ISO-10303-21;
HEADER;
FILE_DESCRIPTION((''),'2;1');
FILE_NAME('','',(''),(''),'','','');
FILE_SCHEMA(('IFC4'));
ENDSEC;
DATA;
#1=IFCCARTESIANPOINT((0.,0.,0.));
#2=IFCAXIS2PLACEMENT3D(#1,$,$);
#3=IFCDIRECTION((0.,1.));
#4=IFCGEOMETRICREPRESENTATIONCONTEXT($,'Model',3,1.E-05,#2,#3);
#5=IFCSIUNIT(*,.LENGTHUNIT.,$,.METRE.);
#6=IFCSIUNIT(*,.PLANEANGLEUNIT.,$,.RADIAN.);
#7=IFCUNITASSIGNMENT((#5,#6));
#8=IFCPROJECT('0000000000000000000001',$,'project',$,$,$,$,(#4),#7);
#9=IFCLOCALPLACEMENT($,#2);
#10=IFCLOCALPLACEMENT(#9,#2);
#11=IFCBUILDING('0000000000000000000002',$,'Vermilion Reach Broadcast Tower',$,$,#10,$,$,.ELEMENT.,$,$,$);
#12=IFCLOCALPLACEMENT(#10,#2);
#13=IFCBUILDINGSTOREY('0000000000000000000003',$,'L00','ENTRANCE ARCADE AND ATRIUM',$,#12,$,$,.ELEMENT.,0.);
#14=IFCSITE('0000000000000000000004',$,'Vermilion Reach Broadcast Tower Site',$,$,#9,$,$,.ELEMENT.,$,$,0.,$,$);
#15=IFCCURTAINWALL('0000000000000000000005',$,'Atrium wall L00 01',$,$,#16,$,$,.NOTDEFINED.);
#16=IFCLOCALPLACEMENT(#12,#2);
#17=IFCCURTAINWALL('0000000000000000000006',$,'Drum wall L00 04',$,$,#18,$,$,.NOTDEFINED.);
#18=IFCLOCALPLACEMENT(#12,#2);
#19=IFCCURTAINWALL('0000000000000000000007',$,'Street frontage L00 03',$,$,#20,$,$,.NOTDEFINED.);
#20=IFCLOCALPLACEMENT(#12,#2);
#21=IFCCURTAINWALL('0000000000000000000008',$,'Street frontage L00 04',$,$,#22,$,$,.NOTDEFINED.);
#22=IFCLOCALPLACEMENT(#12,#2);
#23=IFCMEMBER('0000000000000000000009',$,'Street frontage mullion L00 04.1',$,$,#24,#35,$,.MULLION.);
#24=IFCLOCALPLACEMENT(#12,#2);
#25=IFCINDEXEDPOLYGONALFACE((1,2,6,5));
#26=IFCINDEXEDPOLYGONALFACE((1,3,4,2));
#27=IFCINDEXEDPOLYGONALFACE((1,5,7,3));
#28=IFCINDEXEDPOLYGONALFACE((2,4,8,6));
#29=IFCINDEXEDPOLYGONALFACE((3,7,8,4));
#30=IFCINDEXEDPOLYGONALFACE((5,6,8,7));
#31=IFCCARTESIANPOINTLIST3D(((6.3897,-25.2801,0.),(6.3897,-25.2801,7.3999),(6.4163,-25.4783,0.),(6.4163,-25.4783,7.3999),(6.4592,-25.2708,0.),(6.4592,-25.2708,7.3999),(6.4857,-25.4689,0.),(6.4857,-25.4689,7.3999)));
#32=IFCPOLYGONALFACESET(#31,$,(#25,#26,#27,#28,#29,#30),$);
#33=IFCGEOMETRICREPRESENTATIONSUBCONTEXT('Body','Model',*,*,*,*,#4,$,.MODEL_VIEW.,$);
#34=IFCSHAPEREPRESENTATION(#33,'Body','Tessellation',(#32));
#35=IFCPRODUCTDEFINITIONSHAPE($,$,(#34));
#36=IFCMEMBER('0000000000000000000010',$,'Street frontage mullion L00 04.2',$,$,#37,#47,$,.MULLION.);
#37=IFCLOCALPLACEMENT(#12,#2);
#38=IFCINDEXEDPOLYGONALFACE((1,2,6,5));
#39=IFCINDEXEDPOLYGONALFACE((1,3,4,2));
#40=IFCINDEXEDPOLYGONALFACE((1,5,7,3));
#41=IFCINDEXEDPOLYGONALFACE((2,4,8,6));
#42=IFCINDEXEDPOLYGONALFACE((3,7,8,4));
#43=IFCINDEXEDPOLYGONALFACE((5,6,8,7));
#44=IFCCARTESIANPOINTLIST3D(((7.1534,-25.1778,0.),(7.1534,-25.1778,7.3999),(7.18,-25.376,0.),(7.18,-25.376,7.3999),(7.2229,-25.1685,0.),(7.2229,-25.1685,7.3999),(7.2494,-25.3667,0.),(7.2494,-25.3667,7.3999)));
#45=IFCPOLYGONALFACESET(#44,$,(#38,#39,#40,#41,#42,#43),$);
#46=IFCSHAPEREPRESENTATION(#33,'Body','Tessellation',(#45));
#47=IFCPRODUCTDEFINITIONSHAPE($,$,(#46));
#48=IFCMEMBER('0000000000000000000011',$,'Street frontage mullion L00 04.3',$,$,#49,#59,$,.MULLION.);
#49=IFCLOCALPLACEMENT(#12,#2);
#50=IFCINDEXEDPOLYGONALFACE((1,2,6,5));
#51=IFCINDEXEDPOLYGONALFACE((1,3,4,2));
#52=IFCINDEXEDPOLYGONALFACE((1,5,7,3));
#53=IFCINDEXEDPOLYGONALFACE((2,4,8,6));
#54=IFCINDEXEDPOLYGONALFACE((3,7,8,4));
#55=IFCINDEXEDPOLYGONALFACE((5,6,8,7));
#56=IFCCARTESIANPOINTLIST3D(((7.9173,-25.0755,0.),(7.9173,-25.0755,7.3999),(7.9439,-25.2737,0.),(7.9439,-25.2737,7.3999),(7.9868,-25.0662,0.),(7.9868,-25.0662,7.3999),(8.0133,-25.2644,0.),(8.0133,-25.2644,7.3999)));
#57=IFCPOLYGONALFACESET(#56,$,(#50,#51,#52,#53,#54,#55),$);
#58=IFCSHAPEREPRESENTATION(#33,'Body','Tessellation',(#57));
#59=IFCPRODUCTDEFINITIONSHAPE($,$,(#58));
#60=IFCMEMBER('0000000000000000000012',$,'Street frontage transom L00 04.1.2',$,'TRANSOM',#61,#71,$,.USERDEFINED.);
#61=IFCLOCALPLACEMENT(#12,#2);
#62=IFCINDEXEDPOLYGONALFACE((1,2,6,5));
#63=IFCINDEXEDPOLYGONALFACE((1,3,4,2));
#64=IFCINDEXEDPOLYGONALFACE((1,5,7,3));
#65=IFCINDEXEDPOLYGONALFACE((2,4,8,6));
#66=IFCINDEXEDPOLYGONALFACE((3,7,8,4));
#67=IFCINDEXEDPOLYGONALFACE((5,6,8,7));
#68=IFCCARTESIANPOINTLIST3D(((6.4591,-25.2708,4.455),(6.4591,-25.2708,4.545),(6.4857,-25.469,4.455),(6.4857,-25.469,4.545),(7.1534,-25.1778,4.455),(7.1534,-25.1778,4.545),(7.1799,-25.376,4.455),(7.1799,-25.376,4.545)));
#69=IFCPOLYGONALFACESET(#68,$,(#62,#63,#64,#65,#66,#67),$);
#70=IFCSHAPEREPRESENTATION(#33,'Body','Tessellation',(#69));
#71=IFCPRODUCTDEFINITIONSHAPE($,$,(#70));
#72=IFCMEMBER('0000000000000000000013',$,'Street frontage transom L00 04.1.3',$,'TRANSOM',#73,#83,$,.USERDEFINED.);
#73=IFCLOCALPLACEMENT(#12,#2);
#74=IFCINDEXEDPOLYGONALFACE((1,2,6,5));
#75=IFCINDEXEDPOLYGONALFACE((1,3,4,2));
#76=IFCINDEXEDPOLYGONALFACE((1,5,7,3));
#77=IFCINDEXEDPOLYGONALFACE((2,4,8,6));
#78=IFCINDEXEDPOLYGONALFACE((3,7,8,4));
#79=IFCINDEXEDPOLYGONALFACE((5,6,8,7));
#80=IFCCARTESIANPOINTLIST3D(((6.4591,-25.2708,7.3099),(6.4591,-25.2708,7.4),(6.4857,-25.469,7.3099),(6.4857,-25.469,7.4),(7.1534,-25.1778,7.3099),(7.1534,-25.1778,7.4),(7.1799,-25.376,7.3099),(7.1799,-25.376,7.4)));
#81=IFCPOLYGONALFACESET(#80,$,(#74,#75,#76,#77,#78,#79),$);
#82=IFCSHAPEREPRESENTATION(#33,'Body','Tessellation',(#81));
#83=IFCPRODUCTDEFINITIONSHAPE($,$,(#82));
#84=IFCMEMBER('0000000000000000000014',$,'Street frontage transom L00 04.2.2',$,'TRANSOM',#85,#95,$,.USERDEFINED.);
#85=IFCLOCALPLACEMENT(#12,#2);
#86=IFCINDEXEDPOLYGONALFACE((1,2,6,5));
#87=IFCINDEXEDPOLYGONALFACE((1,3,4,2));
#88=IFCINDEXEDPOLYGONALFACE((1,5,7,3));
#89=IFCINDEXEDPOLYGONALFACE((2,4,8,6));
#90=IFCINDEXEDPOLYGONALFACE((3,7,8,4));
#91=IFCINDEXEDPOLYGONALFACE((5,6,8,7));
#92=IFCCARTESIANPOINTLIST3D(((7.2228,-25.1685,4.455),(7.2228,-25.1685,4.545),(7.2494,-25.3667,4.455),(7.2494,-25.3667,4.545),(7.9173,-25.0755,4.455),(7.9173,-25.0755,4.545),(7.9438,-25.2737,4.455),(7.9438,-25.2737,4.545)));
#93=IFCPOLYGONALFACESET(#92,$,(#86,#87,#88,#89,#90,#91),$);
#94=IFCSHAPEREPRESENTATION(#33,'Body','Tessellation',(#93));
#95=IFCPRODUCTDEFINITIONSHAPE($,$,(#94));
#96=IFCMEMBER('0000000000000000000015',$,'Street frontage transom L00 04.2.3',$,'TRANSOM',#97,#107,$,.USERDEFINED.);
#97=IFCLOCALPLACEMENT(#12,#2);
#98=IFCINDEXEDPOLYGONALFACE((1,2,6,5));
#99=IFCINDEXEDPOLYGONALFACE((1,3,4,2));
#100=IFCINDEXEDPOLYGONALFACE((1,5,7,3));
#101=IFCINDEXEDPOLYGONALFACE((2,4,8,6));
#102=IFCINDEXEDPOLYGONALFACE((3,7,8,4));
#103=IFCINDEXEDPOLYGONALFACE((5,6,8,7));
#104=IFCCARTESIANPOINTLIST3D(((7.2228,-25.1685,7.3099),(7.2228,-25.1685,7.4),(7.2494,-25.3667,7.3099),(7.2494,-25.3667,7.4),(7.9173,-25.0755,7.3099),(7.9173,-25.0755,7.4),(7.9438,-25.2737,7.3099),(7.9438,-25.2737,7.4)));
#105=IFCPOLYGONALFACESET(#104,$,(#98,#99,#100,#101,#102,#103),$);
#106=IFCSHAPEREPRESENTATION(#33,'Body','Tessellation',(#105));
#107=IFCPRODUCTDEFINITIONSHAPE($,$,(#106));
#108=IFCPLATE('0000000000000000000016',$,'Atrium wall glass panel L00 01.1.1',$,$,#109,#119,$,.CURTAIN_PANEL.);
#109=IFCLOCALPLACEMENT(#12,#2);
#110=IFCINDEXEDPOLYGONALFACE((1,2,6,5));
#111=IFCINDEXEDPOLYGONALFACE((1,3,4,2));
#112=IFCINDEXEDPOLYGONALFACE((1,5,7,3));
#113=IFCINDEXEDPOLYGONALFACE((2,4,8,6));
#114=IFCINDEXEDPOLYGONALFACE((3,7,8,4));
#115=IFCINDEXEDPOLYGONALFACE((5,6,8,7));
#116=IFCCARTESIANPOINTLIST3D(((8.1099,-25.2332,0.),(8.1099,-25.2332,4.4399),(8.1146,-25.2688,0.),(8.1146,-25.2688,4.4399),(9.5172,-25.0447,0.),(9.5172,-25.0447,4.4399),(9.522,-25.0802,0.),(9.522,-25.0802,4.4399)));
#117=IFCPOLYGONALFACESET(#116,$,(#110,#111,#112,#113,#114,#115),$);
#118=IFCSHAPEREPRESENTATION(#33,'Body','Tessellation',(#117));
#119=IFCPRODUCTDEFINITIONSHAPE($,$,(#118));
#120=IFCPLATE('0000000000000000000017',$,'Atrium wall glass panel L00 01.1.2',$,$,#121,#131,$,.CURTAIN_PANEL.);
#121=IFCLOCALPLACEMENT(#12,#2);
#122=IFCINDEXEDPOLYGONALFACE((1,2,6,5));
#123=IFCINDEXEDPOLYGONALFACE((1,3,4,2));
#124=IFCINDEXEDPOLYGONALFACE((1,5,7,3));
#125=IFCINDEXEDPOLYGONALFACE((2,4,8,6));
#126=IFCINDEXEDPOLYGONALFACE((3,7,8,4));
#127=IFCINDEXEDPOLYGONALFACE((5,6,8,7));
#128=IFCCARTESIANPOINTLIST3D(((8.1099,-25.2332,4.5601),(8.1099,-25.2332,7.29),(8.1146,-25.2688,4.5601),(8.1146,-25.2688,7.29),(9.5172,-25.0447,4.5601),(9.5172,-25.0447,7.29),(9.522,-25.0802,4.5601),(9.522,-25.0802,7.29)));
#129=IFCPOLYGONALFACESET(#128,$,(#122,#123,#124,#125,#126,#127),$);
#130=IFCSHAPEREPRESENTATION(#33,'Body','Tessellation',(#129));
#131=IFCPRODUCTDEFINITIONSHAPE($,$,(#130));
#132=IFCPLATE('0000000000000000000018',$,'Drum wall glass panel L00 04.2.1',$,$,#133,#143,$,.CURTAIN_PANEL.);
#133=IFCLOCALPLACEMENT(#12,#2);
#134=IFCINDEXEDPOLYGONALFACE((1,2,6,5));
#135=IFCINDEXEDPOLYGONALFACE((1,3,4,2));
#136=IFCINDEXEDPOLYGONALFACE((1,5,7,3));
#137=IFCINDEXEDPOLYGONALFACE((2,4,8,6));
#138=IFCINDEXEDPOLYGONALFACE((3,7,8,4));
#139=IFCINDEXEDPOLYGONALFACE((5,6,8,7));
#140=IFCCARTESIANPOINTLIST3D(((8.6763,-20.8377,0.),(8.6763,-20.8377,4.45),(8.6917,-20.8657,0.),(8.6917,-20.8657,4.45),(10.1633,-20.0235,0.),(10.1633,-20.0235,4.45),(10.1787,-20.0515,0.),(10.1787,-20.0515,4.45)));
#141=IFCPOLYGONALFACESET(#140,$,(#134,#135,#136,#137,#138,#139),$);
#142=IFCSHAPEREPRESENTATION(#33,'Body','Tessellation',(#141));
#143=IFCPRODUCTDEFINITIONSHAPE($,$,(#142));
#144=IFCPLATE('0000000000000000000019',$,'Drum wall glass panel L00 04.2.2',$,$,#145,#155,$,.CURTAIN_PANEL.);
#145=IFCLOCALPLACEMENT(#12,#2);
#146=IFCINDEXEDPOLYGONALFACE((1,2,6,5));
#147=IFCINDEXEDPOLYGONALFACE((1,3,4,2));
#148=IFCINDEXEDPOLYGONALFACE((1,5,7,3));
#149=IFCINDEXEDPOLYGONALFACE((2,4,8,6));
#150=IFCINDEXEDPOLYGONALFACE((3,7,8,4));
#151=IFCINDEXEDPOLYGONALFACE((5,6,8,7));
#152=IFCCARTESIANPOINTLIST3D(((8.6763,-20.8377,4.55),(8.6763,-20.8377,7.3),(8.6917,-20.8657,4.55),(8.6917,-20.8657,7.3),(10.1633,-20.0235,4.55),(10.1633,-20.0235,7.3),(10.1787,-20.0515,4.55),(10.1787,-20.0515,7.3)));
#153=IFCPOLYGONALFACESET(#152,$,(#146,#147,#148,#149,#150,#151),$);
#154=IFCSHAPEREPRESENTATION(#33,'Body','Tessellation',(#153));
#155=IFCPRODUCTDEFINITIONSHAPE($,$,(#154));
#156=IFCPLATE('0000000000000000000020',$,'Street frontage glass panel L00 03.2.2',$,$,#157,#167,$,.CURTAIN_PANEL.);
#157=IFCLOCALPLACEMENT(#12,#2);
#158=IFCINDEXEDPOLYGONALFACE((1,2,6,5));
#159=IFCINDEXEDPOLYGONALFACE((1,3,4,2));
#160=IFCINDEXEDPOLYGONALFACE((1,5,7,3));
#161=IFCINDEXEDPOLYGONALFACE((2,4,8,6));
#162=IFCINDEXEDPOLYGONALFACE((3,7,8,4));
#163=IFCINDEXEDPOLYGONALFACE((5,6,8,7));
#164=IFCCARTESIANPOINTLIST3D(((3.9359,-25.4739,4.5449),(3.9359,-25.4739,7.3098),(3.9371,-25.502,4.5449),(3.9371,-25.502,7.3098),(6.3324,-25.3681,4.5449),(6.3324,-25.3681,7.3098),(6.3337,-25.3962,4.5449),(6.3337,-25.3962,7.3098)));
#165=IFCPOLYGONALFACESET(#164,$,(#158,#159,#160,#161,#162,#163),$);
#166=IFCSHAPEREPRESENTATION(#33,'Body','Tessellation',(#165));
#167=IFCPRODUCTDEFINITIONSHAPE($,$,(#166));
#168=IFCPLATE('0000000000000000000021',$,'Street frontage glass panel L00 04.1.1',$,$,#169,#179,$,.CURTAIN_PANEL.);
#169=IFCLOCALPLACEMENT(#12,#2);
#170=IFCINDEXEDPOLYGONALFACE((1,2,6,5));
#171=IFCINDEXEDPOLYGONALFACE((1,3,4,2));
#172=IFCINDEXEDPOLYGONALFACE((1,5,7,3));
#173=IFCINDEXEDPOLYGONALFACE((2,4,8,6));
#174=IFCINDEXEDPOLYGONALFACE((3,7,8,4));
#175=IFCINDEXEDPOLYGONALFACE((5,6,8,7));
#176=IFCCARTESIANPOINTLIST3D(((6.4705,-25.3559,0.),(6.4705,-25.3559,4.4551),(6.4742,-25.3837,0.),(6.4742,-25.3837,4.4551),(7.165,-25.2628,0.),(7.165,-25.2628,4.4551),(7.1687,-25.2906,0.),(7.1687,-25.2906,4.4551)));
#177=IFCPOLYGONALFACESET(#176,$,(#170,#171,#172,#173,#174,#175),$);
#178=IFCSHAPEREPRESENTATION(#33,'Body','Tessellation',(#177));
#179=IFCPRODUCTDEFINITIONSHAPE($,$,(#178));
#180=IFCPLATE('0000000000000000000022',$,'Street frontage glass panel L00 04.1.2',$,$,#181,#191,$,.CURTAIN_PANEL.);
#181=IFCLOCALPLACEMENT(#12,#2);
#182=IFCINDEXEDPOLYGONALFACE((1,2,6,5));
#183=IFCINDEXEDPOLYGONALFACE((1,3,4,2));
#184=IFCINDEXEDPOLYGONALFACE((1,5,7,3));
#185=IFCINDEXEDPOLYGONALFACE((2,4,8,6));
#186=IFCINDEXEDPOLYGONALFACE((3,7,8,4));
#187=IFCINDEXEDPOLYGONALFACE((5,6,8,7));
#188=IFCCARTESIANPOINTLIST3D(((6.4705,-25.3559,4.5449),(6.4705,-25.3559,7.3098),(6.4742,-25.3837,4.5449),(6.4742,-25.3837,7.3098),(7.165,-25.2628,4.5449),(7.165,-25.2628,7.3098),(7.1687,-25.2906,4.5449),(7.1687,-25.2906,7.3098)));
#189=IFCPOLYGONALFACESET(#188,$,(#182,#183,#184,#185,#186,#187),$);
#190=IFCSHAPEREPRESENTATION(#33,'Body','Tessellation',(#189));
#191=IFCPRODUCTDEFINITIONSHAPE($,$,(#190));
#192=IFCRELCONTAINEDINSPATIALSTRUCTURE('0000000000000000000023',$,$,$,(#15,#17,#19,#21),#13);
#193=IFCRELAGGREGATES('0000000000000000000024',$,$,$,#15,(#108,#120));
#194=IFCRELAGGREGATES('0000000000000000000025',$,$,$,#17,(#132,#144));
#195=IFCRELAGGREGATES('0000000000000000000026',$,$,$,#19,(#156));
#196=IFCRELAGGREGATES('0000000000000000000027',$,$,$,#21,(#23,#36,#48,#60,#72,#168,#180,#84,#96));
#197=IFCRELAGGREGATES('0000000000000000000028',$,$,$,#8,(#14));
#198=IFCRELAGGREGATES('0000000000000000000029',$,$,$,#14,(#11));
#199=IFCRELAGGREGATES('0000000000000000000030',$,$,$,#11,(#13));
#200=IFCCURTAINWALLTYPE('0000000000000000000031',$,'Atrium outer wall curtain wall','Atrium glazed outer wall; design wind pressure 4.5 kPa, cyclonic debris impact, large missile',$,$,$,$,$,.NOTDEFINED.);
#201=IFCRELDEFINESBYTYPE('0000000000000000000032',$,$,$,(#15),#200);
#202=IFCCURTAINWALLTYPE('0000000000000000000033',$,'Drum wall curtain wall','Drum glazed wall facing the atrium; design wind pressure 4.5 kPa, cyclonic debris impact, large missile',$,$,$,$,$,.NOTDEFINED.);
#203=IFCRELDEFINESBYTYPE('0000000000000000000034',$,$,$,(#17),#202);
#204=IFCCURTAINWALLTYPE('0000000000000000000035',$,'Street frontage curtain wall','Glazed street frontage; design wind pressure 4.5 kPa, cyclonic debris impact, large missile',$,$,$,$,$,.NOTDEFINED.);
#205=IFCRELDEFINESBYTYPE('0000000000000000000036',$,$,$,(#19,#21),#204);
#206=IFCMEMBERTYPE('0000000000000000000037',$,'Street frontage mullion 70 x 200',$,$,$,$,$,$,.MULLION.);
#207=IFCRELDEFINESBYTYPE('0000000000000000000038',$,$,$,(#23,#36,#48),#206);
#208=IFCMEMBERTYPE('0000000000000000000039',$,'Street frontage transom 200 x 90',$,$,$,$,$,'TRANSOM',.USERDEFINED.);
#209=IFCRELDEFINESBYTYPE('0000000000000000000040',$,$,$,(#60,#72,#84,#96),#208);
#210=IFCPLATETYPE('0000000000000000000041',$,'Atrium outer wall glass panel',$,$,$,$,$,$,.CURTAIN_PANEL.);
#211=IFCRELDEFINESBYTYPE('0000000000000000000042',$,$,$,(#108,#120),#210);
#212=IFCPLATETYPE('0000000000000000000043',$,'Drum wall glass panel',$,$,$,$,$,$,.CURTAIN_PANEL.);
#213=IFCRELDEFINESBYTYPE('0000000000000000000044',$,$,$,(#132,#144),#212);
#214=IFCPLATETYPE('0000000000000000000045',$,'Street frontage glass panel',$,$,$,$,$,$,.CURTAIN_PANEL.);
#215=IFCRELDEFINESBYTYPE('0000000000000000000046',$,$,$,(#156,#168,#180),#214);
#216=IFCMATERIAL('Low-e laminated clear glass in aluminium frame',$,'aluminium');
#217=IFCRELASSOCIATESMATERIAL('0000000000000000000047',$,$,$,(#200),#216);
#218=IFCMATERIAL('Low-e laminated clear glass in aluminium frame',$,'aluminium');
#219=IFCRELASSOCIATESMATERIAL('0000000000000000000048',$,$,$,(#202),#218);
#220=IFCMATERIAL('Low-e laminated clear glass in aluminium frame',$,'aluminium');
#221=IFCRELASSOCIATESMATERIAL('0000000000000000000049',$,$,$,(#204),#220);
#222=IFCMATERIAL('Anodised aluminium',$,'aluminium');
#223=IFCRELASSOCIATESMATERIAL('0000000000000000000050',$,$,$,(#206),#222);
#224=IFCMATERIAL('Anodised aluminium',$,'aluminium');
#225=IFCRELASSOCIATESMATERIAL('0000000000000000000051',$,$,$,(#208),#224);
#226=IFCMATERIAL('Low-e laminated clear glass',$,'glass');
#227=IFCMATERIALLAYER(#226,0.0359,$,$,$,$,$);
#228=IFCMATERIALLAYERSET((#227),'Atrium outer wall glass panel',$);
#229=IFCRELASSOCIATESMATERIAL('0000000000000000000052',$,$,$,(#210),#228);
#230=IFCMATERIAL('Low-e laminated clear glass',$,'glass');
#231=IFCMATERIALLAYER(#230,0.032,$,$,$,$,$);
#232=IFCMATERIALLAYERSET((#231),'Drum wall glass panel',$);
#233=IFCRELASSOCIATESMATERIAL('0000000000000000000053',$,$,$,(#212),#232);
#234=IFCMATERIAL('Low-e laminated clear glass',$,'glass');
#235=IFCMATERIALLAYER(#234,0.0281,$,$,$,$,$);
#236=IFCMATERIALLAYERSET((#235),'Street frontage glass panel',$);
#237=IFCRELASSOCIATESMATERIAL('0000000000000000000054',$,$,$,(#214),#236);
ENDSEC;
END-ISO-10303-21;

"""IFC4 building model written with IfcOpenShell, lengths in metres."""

from ifc_helpers import new_model, si_unit, direction, frame, origin, origin_2d, place, context, subcontext, project, spatial, rectangle, extrude, material, layer, layer_set, material_profile, profile_set, type_object, element, aggregate, save


model = new_model("IFC4")

# Units and contexts
model_context = context("Model", 3, precision=1e-05, world=origin(), true_north=direction((0.0, 1.0)))
body_context = subcontext(model_context, "Body", "Model", "MODEL_VIEW")
ifc_project = project(units=[si_unit("LENGTHUNIT", "METRE"), si_unit("PLANEANGLEUNIT", "RADIAN")], contexts=[model_context])

# Site, building, storey
site_placement = place(None, origin())
site = spatial("IfcSite", under=ifc_project, at=site_placement, Name="Vermilion Reach Broadcast Tower Site", CompositionType="ELEMENT", RefElevation=0.0)
building_placement = place(site_placement, origin())
building = spatial("IfcBuilding", under=site, at=building_placement, Name="Vermilion Reach Broadcast Tower", CompositionType="ELEMENT")
storey_placement = place(building_placement, origin())
storey = spatial("IfcBuildingStorey", under=building, at=storey_placement, Name="L00", Description="ENTRANCE ARCADE AND ATRIUM", CompositionType="ELEMENT", Elevation=0.0)

# Curtain walls
ifc_material_1 = material(Name="Low-e laminated clear glass in aluminium frame", Category="aluminium")
curtain_wall_type_1 = type_object("IfcCurtainWallType", Name="Atrium outer wall curtain wall", Description="Atrium glazed outer wall; design wind pressure 4.5 kPa, cyclonic debris impact, large missile", PredefinedType="NOTDEFINED", material=ifc_material_1)
placement = place(storey_placement, origin())
curtain_wall_1 = element("IfcCurtainWall", 1, at=placement, inside=storey, type_object=curtain_wall_type_1, Name="Atrium wall L00 01", PredefinedType="NOTDEFINED")
ifc_material_2 = material(Name="Low-e laminated clear glass in aluminium frame", Category="aluminium")
curtain_wall_type_2 = type_object("IfcCurtainWallType", Name="Drum wall curtain wall", Description="Drum glazed wall facing the atrium; design wind pressure 4.5 kPa, cyclonic debris impact, large missile", PredefinedType="NOTDEFINED", material=ifc_material_2)
curtain_wall_2 = element("IfcCurtainWall", 2, at=placement, inside=storey, type_object=curtain_wall_type_2, Name="Drum wall L00 04", PredefinedType="NOTDEFINED")

# Curtain wall
ifc_material_3 = material(Name="Low-e laminated clear glass in aluminium frame", Category="aluminium")
curtain_wall_type_3 = type_object("IfcCurtainWallType", Name="Street frontage curtain wall", Description="Glazed street frontage; design wind pressure 4.5 kPa, cyclonic debris impact, large missile", PredefinedType="NOTDEFINED", material=ifc_material_3)
curtain_wall_3 = element("IfcCurtainWall", 3, at=placement, inside=storey, type_object=curtain_wall_type_3, Name="Street frontage L00 03", PredefinedType="NOTDEFINED")
ifc_material_4 = material(Name="Anodised aluminium", Category="aluminium")
ifc_material_profile_1 = material_profile(ifc_material_4, rectangle(XDim=0.2, YDim=0.0701, at=origin_2d()), Name="Street frontage mullion 70 x 200")
ifc_profile_set_1 = profile_set([ifc_material_profile_1], Name="Anodised aluminium")
member_type_1 = type_object("IfcMemberType", Name="Street frontage mullion 70 x 200", PredefinedType="MULLION", material=ifc_profile_set_1)

# Curtain wall, members
curtain_wall_4 = element("IfcCurtainWall", 4, at=placement, inside=storey, type_object=curtain_wall_type_3, Name="Street frontage L00 04", PredefinedType="NOTDEFINED")
member_1_placement = place(storey_placement, frame((6.4377, -25.3745, 0.0), z_axis=(0.0, 0.0, 1.0), x_axis=(-0.132794, 0.991144, 0.0)))
member_1 = element("IfcMember", 5, at=member_1_placement, type_object=member_type_1, Name="Street frontage mullion L00 04.1", PredefinedType="MULLION", context=body_context, shape_type="SweptSolid", body=[
    extrude(rectangle(XDim=0.2, YDim=0.0701, at=origin_2d()), origin(), (0.0, 0.0, 1.0), 7.3999),
])
member_2_placement = place(storey_placement, frame((7.2014, -25.2722, 0.0), z_axis=(0.0, 0.0, 1.0), x_axis=(-0.132794, 0.991144, 0.0)))
member_2 = element("IfcMember", 6, at=member_2_placement, type_object=member_type_1, Name="Street frontage mullion L00 04.2", PredefinedType="MULLION", context=body_context, shape_type="SweptSolid", body=[
    extrude(rectangle(XDim=0.2, YDim=0.0701, at=origin_2d()), origin(), (0.0, 0.0, 1.0), 7.3999),
])
member_3_placement = place(storey_placement, frame((7.9653, -25.1699, 0.0), z_axis=(0.0, 0.0, 1.0), x_axis=(-0.132794, 0.991144, 0.0)))
member_3 = element("IfcMember", 7, at=member_3_placement, type_object=member_type_1, Name="Street frontage mullion L00 04.3", PredefinedType="MULLION", context=body_context, shape_type="SweptSolid", body=[
    extrude(rectangle(XDim=0.2, YDim=0.0701, at=origin_2d()), origin(), (0.0, 0.0, 1.0), 7.3999),
])
ifc_material_5 = material(Name="Anodised aluminium", Category="aluminium")
ifc_material_profile_2 = material_profile(ifc_material_5, rectangle(XDim=0.2, YDim=0.0901, at=origin_2d()), Name="Street frontage transom 200 x 90")
ifc_profile_set_2 = profile_set([ifc_material_profile_2], Name="Anodised aluminium")
member_type_2 = type_object("IfcMemberType", Name="Street frontage transom 200 x 90", ElementType="TRANSOM", PredefinedType="USERDEFINED", material=ifc_profile_set_2)
member_4_placement = place(storey_placement, frame((6.4724, -25.3699, 4.5), z_axis=(0.991146, 0.13278, 0.0), x_axis=(-0.13278, 0.991146, 0.0)))
member_4 = element("IfcMember", 8, at=member_4_placement, type_object=member_type_2, Name="Street frontage transom L00 04.1.2", ObjectType="TRANSOM", PredefinedType="USERDEFINED", context=body_context, shape_type="SweptSolid", body=[
    extrude(rectangle(XDim=0.2, YDim=0.0901, at=origin_2d()), origin(), (0.0, 0.0, 1.0), 0.7004),
])
member_5_placement = place(storey_placement, frame((6.4724, -25.3699, 7.355), z_axis=(0.991146, 0.13278, 0.0), x_axis=(-0.13278, 0.991146, 0.0)))
member_5 = element("IfcMember", 9, at=member_5_placement, type_object=member_type_2, Name="Street frontage transom L00 04.1.3", ObjectType="TRANSOM", PredefinedType="USERDEFINED", context=body_context, shape_type="SweptSolid", body=[
    extrude(rectangle(XDim=0.2, YDim=0.0901, at=origin_2d()), origin(), (0.0, 0.0, 1.0), 0.7004),
])
member_6_placement = place(storey_placement, frame((7.2361, -25.2676, 4.5), z_axis=(0.991152, 0.132734, 0.0), x_axis=(-0.132734, 0.991152, 0.0)))
member_6 = element("IfcMember", 10, at=member_6_placement, type_object=member_type_2, Name="Street frontage transom L00 04.2.2", ObjectType="TRANSOM", PredefinedType="USERDEFINED", context=body_context, shape_type="SweptSolid", body=[
    extrude(rectangle(XDim=0.2, YDim=0.0901, at=origin_2d()), origin(), (0.0, 0.0, 1.0), 0.7007),
])
member_7_placement = place(storey_placement, frame((7.2361, -25.2676, 7.355), z_axis=(0.991152, 0.132734, 0.0), x_axis=(-0.132734, 0.991152, 0.0)))
member_7 = element("IfcMember", 11, at=member_7_placement, type_object=member_type_2, Name="Street frontage transom L00 04.2.3", ObjectType="TRANSOM", PredefinedType="USERDEFINED", context=body_context, shape_type="SweptSolid", body=[
    extrude(rectangle(XDim=0.2, YDim=0.0901, at=origin_2d()), origin(), (0.0, 0.0, 1.0), 0.7007),
])

# Plates
ifc_material_6 = material(Name="Low-e laminated clear glass", Category="glass")
ifc_layer_1 = layer(ifc_material_6, 0.0359)
ifc_layer_set_1 = layer_set([ifc_layer_1], Name="Atrium outer wall glass panel")
plate_type_1 = type_object("IfcPlateType", Name="Atrium outer wall glass panel", PredefinedType="CURTAIN_PANEL", material=ifc_layer_set_1)
plate_1_placement = place(storey_placement, frame((8.8159, -25.1567, 0.0), z_axis=(0.0, 0.0, 1.0), x_axis=(0.991144, 0.132794, 0.0)))
plate_1 = element("IfcPlate", 12, at=plate_1_placement, type_object=plate_type_1, Name="Atrium wall glass panel L00 01.1.1", PredefinedType="CURTAIN_PANEL", context=body_context, shape_type="SweptSolid", body=[
    extrude(rectangle(XDim=1.4199, YDim=0.0359, at=origin_2d()), origin(), (0.0, 0.0, 1.0), 4.4399),
])
plate_2_placement = place(storey_placement, frame((8.8159, -25.1567, 4.5601), z_axis=(0.0, 0.0, 1.0), x_axis=(0.991144, 0.132794, 0.0)))
plate_2 = element("IfcPlate", 13, at=plate_2_placement, type_object=plate_type_1, Name="Atrium wall glass panel L00 01.1.2", PredefinedType="CURTAIN_PANEL", context=body_context, shape_type="SweptSolid", body=[
    extrude(rectangle(XDim=1.4199, YDim=0.0359, at=origin_2d()), origin(), (0.0, 0.0, 1.0), 2.73),
])
aggregate(curtain_wall_1, [plate_1, plate_2])
ifc_material_7 = material(Name="Low-e laminated clear glass", Category="glass")
ifc_layer_2 = layer(ifc_material_7, 0.032)
ifc_layer_set_2 = layer_set([ifc_layer_2], Name="Drum wall glass panel")
plate_type_2 = type_object("IfcPlateType", Name="Drum wall glass panel", PredefinedType="CURTAIN_PANEL", material=ifc_layer_set_2)
plate_3_placement = place(storey_placement, frame((9.4275, -20.4446, 0.0), z_axis=(0.0, 0.0, 1.0), x_axis=(-0.877121, -0.480269, 0.0)))
plate_3 = element("IfcPlate", 14, at=plate_3_placement, type_object=plate_type_2, Name="Drum wall glass panel L00 04.2.1", PredefinedType="CURTAIN_PANEL", context=body_context, shape_type="SweptSolid", body=[
    extrude(rectangle(XDim=1.6953, YDim=0.032, at=origin_2d()), origin(), (0.0, 0.0, 1.0), 4.45),
])
plate_4_placement = place(storey_placement, frame((9.4275, -20.4446, 4.55), z_axis=(0.0, 0.0, 1.0), x_axis=(-0.877121, -0.480269, 0.0)))
plate_4 = element("IfcPlate", 15, at=plate_4_placement, type_object=plate_type_2, Name="Drum wall glass panel L00 04.2.2", PredefinedType="CURTAIN_PANEL", context=body_context, shape_type="SweptSolid", body=[
    extrude(rectangle(XDim=1.6953, YDim=0.032, at=origin_2d()), origin(), (0.0, 0.0, 1.0), 2.75),
])
aggregate(curtain_wall_2, [plate_3, plate_4])
ifc_material_8 = material(Name="Low-e laminated clear glass", Category="glass")
ifc_layer_3 = layer(ifc_material_8, 0.0281)
ifc_layer_set_3 = layer_set([ifc_layer_3], Name="Street frontage glass panel")
plate_type_3 = type_object("IfcPlateType", Name="Street frontage glass panel", PredefinedType="CURTAIN_PANEL", material=ifc_layer_set_3)
plate_5_placement = place(storey_placement, frame((5.1348, -25.4351, 4.5449), z_axis=(0.0, 0.0, 1.0), x_axis=(0.999027, 0.044105, 0.0)))
plate_5 = element("IfcPlate", 16, at=plate_5_placement, type_object=plate_type_3, Name="Street frontage glass panel L00 03.2.2", PredefinedType="CURTAIN_PANEL", context=body_context, shape_type="SweptSolid", body=[
    extrude(rectangle(XDim=2.3989, YDim=0.0281, at=origin_2d()), origin(), (0.0, 0.0, 1.0), 2.7649),
])
aggregate(curtain_wall_3, [plate_5])
plate_6_placement = place(storey_placement, frame((6.8196, -25.3232, 0.0), z_axis=(0.0, 0.0, 1.0), x_axis=(0.991144, 0.132794, 0.0)))
plate_6 = element("IfcPlate", 17, at=plate_6_placement, type_object=plate_type_3, Name="Street frontage glass panel L00 04.1.1", PredefinedType="CURTAIN_PANEL", context=body_context, shape_type="SweptSolid", body=[
    extrude(rectangle(XDim=0.7007, YDim=0.0281, at=origin_2d()), origin(), (0.0, 0.0, 1.0), 4.4551),
])
plate_7_placement = place(storey_placement, frame((6.8196, -25.3232, 4.5449), z_axis=(0.0, 0.0, 1.0), x_axis=(0.991144, 0.132794, 0.0)))
plate_7 = element("IfcPlate", 18, at=plate_7_placement, type_object=plate_type_3, Name="Street frontage glass panel L00 04.1.2", PredefinedType="CURTAIN_PANEL", context=body_context, shape_type="SweptSolid", body=[
    extrude(rectangle(XDim=0.7007, YDim=0.0281, at=origin_2d()), origin(), (0.0, 0.0, 1.0), 2.7649),
])
aggregate(curtain_wall_4, [member_1, member_2, member_3, member_4, member_5, plate_6, plate_7, member_6, member_7])

save(model, "model.ifc")
